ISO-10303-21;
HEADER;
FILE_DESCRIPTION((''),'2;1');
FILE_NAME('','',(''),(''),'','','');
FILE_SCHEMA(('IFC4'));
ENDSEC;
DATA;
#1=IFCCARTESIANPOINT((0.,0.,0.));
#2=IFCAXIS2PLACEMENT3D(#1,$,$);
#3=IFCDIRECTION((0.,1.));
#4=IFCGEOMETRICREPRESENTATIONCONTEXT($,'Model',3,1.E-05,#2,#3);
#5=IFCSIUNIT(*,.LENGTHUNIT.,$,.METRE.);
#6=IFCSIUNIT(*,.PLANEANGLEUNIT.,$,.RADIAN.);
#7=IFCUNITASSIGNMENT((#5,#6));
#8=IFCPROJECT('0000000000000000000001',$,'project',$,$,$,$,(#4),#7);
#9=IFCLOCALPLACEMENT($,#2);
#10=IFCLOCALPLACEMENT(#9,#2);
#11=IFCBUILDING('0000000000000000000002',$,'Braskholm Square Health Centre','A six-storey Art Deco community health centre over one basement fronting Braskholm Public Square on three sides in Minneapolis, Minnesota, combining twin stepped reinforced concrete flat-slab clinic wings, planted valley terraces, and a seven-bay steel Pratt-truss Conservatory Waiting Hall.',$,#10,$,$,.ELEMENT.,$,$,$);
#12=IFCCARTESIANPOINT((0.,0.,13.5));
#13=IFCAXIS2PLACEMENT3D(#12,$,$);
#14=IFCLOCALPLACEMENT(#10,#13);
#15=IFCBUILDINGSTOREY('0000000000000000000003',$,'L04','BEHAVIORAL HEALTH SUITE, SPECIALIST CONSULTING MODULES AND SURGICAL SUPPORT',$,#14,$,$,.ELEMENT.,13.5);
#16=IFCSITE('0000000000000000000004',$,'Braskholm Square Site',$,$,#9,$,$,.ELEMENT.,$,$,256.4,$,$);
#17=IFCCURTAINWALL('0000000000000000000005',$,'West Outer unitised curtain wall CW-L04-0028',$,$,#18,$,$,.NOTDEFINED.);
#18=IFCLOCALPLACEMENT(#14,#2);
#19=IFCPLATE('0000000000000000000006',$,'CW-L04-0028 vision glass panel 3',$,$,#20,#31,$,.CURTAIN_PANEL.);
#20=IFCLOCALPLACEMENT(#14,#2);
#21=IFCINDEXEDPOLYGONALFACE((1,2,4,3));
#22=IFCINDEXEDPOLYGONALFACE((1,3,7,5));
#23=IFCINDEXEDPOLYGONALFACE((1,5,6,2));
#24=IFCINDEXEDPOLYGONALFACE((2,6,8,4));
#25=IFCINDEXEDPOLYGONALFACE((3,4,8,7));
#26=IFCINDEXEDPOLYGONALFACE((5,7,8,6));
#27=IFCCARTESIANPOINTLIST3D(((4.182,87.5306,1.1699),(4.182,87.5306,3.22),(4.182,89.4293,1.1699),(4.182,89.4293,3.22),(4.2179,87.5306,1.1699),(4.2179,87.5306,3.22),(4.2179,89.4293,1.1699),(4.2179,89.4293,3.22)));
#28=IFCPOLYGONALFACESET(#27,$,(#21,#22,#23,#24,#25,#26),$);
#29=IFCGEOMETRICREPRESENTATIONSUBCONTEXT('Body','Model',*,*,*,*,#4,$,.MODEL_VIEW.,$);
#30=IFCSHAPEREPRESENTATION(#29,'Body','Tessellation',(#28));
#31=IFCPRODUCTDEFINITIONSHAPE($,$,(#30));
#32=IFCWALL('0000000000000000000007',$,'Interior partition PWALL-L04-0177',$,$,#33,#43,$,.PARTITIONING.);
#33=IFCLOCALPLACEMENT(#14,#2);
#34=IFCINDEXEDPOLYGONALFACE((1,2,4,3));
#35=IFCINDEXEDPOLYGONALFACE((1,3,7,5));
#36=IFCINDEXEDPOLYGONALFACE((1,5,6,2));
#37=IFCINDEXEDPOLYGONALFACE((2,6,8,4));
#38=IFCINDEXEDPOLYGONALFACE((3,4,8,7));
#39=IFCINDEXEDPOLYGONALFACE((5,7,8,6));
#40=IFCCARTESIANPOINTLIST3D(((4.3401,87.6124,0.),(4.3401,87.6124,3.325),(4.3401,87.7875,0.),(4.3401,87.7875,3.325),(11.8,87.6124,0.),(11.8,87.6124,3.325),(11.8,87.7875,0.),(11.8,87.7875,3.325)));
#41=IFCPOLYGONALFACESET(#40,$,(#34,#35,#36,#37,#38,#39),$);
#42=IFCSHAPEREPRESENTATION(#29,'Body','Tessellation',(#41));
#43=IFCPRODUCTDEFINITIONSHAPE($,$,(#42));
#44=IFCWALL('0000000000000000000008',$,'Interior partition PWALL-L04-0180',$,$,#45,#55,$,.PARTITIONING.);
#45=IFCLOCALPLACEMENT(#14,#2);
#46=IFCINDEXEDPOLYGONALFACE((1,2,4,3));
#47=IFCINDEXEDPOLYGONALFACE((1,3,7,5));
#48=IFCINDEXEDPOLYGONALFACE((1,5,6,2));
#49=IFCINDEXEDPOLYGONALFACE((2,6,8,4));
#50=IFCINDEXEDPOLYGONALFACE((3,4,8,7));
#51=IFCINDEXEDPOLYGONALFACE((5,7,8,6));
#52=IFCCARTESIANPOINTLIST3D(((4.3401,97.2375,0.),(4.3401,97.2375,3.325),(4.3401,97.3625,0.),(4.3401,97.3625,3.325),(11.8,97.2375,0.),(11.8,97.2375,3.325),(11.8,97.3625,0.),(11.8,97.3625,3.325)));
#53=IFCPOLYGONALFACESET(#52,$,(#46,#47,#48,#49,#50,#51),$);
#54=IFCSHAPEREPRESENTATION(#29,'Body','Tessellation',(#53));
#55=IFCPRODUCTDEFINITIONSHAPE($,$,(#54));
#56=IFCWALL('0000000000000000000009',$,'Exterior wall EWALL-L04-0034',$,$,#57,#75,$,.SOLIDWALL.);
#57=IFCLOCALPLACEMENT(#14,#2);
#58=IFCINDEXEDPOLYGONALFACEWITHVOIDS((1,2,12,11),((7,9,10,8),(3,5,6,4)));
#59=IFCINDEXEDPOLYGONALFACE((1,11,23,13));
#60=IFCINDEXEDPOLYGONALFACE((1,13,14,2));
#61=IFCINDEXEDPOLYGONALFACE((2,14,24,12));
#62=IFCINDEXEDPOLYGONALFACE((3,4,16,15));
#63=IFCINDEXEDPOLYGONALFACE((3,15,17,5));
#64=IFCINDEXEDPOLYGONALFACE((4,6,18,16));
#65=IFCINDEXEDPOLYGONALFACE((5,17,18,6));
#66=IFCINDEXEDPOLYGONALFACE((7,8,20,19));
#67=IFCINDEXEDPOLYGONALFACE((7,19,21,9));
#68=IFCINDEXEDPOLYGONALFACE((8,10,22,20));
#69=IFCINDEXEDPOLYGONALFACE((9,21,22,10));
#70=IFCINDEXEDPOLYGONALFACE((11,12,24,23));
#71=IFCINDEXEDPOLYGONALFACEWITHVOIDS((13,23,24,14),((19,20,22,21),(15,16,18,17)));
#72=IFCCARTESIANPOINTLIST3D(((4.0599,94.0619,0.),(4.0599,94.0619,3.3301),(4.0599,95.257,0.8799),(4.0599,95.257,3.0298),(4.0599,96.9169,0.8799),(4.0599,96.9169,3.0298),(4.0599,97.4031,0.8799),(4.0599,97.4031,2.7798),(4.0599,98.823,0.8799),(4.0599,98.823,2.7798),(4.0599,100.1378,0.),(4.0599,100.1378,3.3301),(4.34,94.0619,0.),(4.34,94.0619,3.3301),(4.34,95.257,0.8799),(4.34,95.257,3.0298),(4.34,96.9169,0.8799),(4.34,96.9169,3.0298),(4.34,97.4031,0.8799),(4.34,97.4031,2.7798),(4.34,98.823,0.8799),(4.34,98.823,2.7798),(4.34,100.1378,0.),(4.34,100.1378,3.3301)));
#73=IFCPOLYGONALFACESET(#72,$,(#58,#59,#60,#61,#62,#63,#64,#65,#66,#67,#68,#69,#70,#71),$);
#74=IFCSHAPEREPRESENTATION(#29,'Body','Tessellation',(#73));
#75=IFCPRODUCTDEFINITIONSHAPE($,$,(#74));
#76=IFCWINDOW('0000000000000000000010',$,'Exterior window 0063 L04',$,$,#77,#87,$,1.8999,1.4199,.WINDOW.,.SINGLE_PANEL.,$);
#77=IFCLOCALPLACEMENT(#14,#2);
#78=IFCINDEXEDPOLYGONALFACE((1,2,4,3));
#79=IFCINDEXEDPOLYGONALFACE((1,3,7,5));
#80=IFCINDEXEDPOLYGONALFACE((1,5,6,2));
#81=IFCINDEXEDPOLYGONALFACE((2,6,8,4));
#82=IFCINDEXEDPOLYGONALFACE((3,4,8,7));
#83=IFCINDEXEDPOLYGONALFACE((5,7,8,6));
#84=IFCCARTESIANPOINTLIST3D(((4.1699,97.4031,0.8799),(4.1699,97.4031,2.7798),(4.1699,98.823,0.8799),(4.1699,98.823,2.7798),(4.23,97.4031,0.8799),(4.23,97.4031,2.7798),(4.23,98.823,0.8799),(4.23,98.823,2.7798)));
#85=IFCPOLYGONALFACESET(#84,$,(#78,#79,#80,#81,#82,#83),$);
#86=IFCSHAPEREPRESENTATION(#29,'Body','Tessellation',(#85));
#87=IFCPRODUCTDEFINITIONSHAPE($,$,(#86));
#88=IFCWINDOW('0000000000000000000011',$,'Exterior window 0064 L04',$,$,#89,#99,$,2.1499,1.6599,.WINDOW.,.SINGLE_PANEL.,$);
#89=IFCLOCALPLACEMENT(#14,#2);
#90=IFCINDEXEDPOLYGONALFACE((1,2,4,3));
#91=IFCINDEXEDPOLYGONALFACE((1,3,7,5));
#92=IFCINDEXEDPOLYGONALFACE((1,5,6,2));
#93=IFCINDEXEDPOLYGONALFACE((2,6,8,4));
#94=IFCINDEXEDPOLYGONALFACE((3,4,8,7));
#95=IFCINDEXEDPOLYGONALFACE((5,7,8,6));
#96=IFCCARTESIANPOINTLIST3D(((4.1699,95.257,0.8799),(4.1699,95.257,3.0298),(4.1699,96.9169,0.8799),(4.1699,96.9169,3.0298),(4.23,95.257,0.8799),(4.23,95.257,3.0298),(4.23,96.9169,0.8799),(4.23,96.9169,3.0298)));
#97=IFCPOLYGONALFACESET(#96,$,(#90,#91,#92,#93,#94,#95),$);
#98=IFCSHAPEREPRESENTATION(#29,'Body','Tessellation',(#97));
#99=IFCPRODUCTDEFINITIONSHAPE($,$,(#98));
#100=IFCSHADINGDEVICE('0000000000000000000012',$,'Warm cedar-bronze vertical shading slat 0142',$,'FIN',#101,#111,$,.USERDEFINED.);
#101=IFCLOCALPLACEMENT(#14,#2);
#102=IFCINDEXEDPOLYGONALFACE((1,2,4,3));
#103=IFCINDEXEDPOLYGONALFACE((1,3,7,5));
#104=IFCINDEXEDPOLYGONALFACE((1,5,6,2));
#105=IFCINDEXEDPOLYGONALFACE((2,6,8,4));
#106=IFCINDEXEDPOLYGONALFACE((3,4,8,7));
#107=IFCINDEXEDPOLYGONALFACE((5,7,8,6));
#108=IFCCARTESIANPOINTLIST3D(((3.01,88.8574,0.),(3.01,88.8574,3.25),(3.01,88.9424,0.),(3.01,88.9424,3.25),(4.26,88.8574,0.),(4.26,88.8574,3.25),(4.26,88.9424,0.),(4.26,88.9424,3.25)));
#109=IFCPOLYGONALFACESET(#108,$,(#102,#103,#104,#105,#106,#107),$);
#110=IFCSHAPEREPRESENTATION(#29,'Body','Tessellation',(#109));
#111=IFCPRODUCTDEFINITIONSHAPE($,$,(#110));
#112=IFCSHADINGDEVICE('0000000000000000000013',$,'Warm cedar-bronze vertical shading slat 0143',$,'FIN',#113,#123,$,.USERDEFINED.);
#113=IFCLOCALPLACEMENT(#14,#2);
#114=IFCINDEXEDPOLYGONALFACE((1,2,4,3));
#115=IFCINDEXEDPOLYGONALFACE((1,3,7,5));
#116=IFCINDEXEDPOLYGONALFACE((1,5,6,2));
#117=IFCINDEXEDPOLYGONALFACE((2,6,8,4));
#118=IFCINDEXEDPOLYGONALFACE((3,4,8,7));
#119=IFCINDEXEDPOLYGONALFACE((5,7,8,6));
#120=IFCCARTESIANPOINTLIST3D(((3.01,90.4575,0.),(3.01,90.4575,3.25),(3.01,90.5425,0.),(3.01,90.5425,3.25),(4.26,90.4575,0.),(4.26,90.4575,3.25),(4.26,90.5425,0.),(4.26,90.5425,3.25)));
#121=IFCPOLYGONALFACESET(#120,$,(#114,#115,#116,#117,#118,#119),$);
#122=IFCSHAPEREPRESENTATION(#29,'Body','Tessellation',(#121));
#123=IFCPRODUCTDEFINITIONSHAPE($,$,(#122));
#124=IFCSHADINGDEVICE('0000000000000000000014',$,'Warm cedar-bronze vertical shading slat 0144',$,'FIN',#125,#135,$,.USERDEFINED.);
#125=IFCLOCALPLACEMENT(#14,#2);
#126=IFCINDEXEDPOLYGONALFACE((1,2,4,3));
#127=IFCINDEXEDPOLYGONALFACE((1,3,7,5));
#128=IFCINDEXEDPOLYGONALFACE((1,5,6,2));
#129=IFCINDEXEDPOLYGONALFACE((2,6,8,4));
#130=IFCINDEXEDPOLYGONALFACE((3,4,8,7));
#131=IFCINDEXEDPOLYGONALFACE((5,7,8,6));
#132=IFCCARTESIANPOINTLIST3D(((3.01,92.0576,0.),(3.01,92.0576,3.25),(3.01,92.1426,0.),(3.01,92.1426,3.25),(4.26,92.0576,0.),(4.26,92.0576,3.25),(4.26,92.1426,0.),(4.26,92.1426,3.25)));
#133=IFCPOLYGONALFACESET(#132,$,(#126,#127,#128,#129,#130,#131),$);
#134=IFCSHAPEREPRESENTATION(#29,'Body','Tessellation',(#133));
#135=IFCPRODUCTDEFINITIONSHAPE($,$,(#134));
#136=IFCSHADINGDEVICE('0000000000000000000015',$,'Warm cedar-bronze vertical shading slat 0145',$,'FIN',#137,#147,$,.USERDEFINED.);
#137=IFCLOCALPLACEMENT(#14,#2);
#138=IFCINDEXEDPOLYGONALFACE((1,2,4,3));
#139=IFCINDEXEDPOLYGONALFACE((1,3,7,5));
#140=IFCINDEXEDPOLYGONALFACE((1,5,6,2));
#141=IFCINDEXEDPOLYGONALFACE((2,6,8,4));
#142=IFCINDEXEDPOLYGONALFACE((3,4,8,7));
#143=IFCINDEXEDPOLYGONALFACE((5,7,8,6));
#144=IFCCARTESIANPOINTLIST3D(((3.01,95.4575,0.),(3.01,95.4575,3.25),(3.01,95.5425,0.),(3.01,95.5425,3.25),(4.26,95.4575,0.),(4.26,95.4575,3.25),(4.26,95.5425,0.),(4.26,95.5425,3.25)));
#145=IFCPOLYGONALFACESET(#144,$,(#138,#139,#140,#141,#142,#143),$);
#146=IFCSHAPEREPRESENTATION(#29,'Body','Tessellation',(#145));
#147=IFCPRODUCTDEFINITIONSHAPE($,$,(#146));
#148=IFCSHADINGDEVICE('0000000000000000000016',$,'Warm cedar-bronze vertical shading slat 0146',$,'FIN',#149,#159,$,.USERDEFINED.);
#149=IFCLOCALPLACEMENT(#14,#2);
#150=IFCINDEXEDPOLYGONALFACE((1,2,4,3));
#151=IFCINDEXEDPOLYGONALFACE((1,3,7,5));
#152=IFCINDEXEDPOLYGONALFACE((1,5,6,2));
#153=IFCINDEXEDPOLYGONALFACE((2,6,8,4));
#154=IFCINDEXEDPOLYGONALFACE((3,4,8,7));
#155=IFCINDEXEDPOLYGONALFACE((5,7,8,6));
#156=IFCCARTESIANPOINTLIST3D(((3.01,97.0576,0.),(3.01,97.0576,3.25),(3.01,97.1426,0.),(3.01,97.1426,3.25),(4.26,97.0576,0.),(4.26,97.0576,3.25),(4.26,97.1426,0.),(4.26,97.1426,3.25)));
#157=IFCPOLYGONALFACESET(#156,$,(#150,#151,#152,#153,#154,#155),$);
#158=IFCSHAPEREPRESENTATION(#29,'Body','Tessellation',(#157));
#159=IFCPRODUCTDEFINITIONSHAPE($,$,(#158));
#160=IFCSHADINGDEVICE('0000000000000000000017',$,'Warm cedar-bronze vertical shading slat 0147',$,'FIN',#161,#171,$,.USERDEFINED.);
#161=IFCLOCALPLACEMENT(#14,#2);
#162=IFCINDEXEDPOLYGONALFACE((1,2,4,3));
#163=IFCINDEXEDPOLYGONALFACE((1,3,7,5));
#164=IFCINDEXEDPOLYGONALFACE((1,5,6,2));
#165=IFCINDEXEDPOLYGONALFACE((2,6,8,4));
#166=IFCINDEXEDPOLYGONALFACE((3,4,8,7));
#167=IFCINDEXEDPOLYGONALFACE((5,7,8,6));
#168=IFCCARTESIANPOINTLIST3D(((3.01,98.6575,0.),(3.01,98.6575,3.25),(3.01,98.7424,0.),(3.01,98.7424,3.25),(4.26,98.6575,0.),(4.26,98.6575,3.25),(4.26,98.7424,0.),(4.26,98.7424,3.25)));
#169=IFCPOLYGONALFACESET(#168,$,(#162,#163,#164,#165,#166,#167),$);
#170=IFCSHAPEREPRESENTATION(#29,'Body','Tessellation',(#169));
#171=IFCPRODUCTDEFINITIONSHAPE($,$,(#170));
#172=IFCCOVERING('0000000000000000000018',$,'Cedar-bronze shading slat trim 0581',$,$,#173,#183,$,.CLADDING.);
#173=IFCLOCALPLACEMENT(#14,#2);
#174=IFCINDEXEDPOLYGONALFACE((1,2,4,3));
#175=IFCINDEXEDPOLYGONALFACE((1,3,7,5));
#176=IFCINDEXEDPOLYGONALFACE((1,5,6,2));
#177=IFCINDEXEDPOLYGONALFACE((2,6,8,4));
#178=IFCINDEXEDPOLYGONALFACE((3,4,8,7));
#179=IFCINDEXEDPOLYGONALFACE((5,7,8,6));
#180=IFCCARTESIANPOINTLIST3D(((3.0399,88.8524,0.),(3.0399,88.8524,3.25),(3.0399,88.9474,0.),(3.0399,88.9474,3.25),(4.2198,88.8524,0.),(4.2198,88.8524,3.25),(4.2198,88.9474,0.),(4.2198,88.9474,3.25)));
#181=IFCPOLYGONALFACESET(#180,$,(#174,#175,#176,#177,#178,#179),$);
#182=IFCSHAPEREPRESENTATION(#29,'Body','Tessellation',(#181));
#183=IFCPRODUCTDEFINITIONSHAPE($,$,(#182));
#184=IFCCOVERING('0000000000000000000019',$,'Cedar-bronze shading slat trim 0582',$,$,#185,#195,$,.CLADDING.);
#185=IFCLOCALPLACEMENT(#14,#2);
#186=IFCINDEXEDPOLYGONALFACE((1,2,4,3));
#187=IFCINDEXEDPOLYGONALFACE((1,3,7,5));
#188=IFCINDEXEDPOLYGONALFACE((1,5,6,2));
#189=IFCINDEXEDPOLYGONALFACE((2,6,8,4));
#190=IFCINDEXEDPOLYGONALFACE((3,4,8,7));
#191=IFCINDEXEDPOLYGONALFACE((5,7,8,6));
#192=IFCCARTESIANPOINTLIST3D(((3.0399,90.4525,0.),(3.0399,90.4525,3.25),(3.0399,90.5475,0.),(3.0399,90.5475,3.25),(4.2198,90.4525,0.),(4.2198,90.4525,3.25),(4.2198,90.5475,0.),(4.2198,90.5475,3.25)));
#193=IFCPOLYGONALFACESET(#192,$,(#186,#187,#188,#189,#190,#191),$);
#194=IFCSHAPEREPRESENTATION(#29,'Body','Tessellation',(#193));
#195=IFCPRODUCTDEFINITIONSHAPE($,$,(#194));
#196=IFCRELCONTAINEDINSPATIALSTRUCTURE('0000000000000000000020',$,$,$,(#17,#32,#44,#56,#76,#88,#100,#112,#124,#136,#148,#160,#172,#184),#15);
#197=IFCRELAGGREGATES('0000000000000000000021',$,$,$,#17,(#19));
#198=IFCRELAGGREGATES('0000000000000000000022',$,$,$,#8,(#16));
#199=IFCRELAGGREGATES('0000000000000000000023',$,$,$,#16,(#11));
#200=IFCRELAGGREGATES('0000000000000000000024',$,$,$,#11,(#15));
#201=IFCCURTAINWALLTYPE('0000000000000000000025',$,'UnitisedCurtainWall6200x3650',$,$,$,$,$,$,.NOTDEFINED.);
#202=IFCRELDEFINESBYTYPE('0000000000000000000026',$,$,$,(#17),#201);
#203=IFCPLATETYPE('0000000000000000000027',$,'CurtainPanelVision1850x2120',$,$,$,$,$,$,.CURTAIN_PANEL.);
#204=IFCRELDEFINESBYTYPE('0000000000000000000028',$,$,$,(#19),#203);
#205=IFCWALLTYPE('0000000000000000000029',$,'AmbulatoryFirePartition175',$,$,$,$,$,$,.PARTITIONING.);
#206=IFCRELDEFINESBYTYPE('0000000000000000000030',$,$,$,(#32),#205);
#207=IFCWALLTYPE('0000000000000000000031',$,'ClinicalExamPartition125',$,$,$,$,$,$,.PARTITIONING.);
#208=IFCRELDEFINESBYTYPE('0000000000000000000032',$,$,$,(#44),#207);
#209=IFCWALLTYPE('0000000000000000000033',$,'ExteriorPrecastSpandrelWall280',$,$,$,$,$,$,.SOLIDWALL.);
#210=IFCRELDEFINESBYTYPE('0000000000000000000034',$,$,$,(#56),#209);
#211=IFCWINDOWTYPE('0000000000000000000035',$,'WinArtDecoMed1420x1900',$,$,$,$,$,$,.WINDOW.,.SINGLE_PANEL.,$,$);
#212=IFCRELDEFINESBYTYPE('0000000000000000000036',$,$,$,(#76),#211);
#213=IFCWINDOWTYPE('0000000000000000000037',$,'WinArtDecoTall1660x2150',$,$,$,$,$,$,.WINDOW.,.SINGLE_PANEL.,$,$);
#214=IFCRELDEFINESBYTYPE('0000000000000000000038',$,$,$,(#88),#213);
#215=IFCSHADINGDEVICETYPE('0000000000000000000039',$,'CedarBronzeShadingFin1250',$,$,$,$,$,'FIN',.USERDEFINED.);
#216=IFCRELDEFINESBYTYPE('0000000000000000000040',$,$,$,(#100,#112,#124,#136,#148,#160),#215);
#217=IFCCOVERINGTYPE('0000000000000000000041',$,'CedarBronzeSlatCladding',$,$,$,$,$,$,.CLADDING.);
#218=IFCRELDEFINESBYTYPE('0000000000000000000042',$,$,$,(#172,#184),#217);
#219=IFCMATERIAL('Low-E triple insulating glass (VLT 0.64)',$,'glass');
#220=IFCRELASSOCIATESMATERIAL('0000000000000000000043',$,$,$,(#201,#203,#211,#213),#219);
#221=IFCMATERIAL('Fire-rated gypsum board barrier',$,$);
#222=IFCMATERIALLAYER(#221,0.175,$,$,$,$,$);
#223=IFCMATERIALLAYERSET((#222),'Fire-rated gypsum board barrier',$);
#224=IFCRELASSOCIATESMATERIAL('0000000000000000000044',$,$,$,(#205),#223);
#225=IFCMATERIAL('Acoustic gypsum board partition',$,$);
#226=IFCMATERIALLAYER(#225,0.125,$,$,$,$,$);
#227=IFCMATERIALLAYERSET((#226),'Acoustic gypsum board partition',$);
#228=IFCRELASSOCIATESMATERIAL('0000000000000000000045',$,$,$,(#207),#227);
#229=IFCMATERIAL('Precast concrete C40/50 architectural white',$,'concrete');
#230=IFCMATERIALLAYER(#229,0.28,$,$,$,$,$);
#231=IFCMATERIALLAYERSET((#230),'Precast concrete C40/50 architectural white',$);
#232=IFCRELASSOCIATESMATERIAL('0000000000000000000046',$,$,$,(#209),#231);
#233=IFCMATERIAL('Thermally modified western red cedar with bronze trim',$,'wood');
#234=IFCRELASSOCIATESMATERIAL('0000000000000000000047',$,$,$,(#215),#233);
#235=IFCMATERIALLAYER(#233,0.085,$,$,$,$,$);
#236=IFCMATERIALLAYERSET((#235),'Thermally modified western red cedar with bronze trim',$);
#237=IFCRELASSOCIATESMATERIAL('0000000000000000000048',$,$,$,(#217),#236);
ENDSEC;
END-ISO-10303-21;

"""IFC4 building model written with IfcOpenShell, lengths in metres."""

from ifc_helpers import new_model, si_unit, direction, frame, frame_2d, origin, origin_with_axes, origin_2d, place, context, subcontext, project, spatial, rectangle, extrude, material, layer, layer_set, type_object, element, fill, aggregate, save


model = new_model("IFC4")

# Units and contexts
model_context = context("Model", 3, precision=1e-05, world=origin(), true_north=direction((0.0, 1.0)))
body_context = subcontext(model_context, "Body", "Model", "MODEL_VIEW")
ifc_project = project(units=[si_unit("LENGTHUNIT", "METRE"), si_unit("PLANEANGLEUNIT", "RADIAN")], contexts=[model_context])

# Site, building, storey
site_placement = place(None, origin())
site = spatial("IfcSite", under=ifc_project, at=site_placement, Name="Braskholm Square Site", CompositionType="ELEMENT", RefElevation=256.4)
building_placement = place(site_placement, origin())
building = spatial("IfcBuilding", under=site, at=building_placement, Name="Braskholm Square Health Centre", Description="A six-storey Art Deco community health centre over one basement fronting Braskholm Public Square on three sides in Minneapolis, Minnesota, combining twin stepped reinforced concrete flat-slab clinic wings, planted valley terraces, and a seven-bay steel Pratt-truss Conservatory Waiting Hall.", CompositionType="ELEMENT")
storey_placement = place(building_placement, frame((0.0, 0.0, 13.5)))
storey = spatial("IfcBuildingStorey", under=building, at=storey_placement, Name="L04", Description="BEHAVIORAL HEALTH SUITE, SPECIALIST CONSULTING MODULES AND SURGICAL SUPPORT", CompositionType="ELEMENT", Elevation=13.5)

# Shared definitions
ifc_material_1 = material(Name="Precast concrete C40/50 architectural white", Category="concrete")

# Curtain wall
ifc_material_2 = material(Name="Low-E triple insulating glass (VLT 0.64)", Category="glass")
curtain_wall_type = type_object("IfcCurtainWallType", Name="UnitisedCurtainWall6200x3650", PredefinedType="NOTDEFINED", material=ifc_material_2)
curtain_wall_placement = place(storey_placement, origin())
curtain_wall = element("IfcCurtainWall", 1, at=curtain_wall_placement, inside=storey, type_object=curtain_wall_type, Name="West Outer unitised curtain wall CW-L04-0028", PredefinedType="NOTDEFINED")

# Plate
plate_type_1 = type_object("IfcPlateType", Name="CurtainPanelVision1850x2120", PredefinedType="CURTAIN_PANEL", material=ifc_material_2)
plate_1_placement = place(storey_placement, frame((4.2, 88.48, 1.1699), z_axis=(0.0, 0.0, 1.0), x_axis=(0.0, -1.0, 0.0)))
plate_1 = element("IfcPlate", 2, at=plate_1_placement, type_object=plate_type_1, Name="CW-L04-0028 vision glass panel 3", PredefinedType="CURTAIN_PANEL", context=body_context, shape_type="SweptSolid", body=[
    extrude(rectangle(XDim=1.8987, YDim=0.0359, at=origin_2d()), origin(), (0.0, 0.0, 1.0), 2.05),
])
aggregate(curtain_wall, [plate_1])

# Walls
ifc_material_3 = material(Name="Fire-rated gypsum board barrier")
ifc_layer_1 = layer(ifc_material_3, 0.175)
ifc_layer_set_1 = layer_set([ifc_layer_1], Name="Fire-rated gypsum board barrier")
wall_type_1 = type_object("IfcWallType", Name="AmbulatoryFirePartition175", PredefinedType="PARTITIONING", material=ifc_layer_set_1)
wall_1_placement = place(storey_placement, frame((4.3401, 87.7, 0.0), z_axis=(0.0, 0.0, 1.0), x_axis=(1.0, 0.0, 0.0)))
element("IfcWall", 3, at=wall_1_placement, inside=storey, type_object=wall_type_1, Name="Interior partition PWALL-L04-0177", PredefinedType="PARTITIONING", context=body_context, shape_type="SweptSolid", body=[
    extrude(rectangle(XDim=7.46, YDim=0.175, at=frame_2d((3.73, 0.0))), origin(), (0.0, 0.0, 1.0), 3.325),
])
ifc_material_4 = material(Name="Acoustic gypsum board partition")
ifc_layer_2 = layer(ifc_material_4, 0.125)
ifc_layer_set_2 = layer_set([ifc_layer_2], Name="Acoustic gypsum board partition")
wall_type_2 = type_object("IfcWallType", Name="ClinicalExamPartition125", PredefinedType="PARTITIONING", material=ifc_layer_set_2)
wall_2_placement = place(storey_placement, frame((4.3401, 97.3, 0.0), z_axis=(0.0, 0.0, 1.0), x_axis=(1.0, 0.0, 0.0)))
element("IfcWall", 4, at=wall_2_placement, inside=storey, type_object=wall_type_2, Name="Interior partition PWALL-L04-0180", PredefinedType="PARTITIONING", context=body_context, shape_type="SweptSolid", body=[
    extrude(rectangle(XDim=7.46, YDim=0.125, at=frame_2d((3.73, 0.0))), origin(), (0.0, 0.0, 1.0), 3.325),
])

# Wall, openings, windows
ifc_layer_3 = layer(ifc_material_1, 0.28)
ifc_layer_set_3 = layer_set([ifc_layer_3], Name="Precast concrete C40/50 architectural white")
wall_type_3 = type_object("IfcWallType", Name="ExteriorPrecastSpandrelWall280", PredefinedType="SOLIDWALL", material=ifc_layer_set_3)
wall_3_placement = place(storey_placement, frame((4.2, 100.1379, 0.0), z_axis=(0.0, 0.0, 1.0), x_axis=(0.0, -1.0, 0.0)))
wall_3 = element("IfcWall", 5, at=wall_3_placement, inside=storey, type_object=wall_type_3, Name="Exterior wall EWALL-L04-0034", PredefinedType="SOLIDWALL", context=body_context, shape_type="SweptSolid", body=[
    extrude(rectangle(XDim=6.0759, YDim=0.28, at=frame_2d((3.0381, 0.0))), origin(), (0.0, 0.0, 1.0), 3.3301),
])
opening_1_placement = place(wall_3_placement, frame((1.3149, 0.0, 0.8799)))
opening_1 = element("IfcOpeningElement", 6, at=opening_1_placement, cuts=wall_3, PredefinedType="OPENING", context=body_context, shape_type="SweptSolid", body=[
    extrude(rectangle(XDim=1.4199, YDim=1.8999, at=frame_2d((0.71, 0.95))), frame((0.0, 0.1499, 0.0), z_axis=(0.0, -1.0, 0.0), x_axis=(1.0, 0.0, 0.0)), (0.0, 0.0, 1.0), 0.3),
])
opening_2_placement = place(wall_3_placement, frame((3.2209, 0.0, 0.8799)))
opening_2 = element("IfcOpeningElement", 7, at=opening_2_placement, cuts=wall_3, PredefinedType="OPENING", context=body_context, shape_type="SweptSolid", body=[
    extrude(rectangle(XDim=1.6599, YDim=2.1499, at=frame_2d((0.8301, 1.075))), frame((0.0, 0.1499, 0.0), z_axis=(0.0, -1.0, 0.0), x_axis=(1.0, 0.0, 0.0)), (0.0, 0.0, 1.0), 0.3),
])
window_type_1 = type_object("IfcWindowType", Name="WinArtDecoMed1420x1900", PartitioningType="SINGLE_PANEL", PredefinedType="WINDOW", material=ifc_material_2)
window_1_placement = place(opening_1_placement, origin_with_axes())
window_1 = element("IfcWindow", 8, at=window_1_placement, inside=storey, type_object=window_type_1, Name="Exterior window 0063 L04", OverallHeight=1.8999, OverallWidth=1.4199, PartitioningType="SINGLE_PANEL", PredefinedType="WINDOW", context=body_context, shape_type="SweptSolid", body=[
    extrude(rectangle(XDim=1.4199, YDim=1.8999, at=frame_2d((0.71, 0.95))), frame((0.0, 0.03, 0.0), z_axis=(0.0, -1.0, 0.0), x_axis=(1.0, 0.0, 0.0)), (0.0, 0.0, 1.0), 0.0601),
])
fill(opening_1, window_1)
window_type_2 = type_object("IfcWindowType", Name="WinArtDecoTall1660x2150", PartitioningType="SINGLE_PANEL", PredefinedType="WINDOW", material=ifc_material_2)
window_2_placement = place(opening_2_placement, origin_with_axes())
window_2 = element("IfcWindow", 9, at=window_2_placement, inside=storey, type_object=window_type_2, Name="Exterior window 0064 L04", OverallHeight=2.1499, OverallWidth=1.6599, PartitioningType="SINGLE_PANEL", PredefinedType="WINDOW", context=body_context, shape_type="SweptSolid", body=[
    extrude(rectangle(XDim=1.6599, YDim=2.1499, at=frame_2d((0.8301, 1.075))), frame((0.0, 0.03, 0.0), z_axis=(0.0, -1.0, 0.0), x_axis=(1.0, 0.0, 0.0)), (0.0, 0.0, 1.0), 0.0601),
])
fill(opening_2, window_2)

# Shading devices
ifc_material_5 = material(Name="Thermally modified western red cedar with bronze trim", Category="wood")
shading_device_type = type_object("IfcShadingDeviceType", Name="CedarBronzeShadingFin1250", ElementType="FIN", PredefinedType="USERDEFINED", material=ifc_material_5)
for number, where, z_axis, x_axis, name in (
    (10, (3.635, 88.8999, 0.0), (0.0, 0.0, 1.0), (1.0, 0.0, 0.0), "Warm cedar-bronze vertical shading slat 0142"),
    (11, (3.635, 90.5, 0.0), (0.0, 0.0, 1.0), (1.0, 0.0, 0.0), "Warm cedar-bronze vertical shading slat 0143"),
    (12, (3.635, 92.1001, 0.0), (0.0, 0.0, 1.0), (1.0, 0.0, 0.0), "Warm cedar-bronze vertical shading slat 0144"),
    (13, (3.635, 95.5, 0.0), (0.0, 0.0, 1.0), (1.0, 0.0, 0.0), "Warm cedar-bronze vertical shading slat 0145"),
    (14, (3.635, 97.1001, 0.0), (0.0, 0.0, 1.0), (1.0, 0.0, 0.0), "Warm cedar-bronze vertical shading slat 0146"),
    (15, (3.635, 98.7, 0.0), (0.0, 0.0, 1.0), (1.0, 0.0, 0.0), "Warm cedar-bronze vertical shading slat 0147"),
):
    element("IfcShadingDevice", number, at=place(storey_placement, frame(where, z_axis=z_axis, x_axis=x_axis)), inside=storey, type_object=shading_device_type, Name=name, ObjectType="FIN", PredefinedType="USERDEFINED", context=body_context, shape_type="SweptSolid", body=[
        extrude(rectangle(XDim=1.25, YDim=0.085, at=origin_2d()), origin(), (0.0, 0.0, 1.0), 3.25),
    ])

# Coverings
ifc_layer_4 = layer(ifc_material_5, 0.085)
ifc_layer_set_4 = layer_set([ifc_layer_4], Name="Thermally modified western red cedar with bronze trim")
covering_type_1 = type_object("IfcCoveringType", Name="CedarBronzeSlatCladding", PredefinedType="CLADDING", material=ifc_layer_set_4)
for number, where, z_axis, x_axis, name in (
    (16, (3.6299, 88.8999, 0.0), (0.0, 0.0, 1.0), (1.0, 0.0, 0.0), "Cedar-bronze shading slat trim 0581"),
    (17, (3.6299, 90.5, 0.0), (0.0, 0.0, 1.0), (1.0, 0.0, 0.0), "Cedar-bronze shading slat trim 0582"),
):
    element("IfcCovering", number, at=place(storey_placement, frame(where, z_axis=z_axis, x_axis=x_axis)), inside=storey, type_object=covering_type_1, Name=name, PredefinedType="CLADDING", context=body_context, shape_type="SweptSolid", body=[
        extrude(rectangle(XDim=1.1799, YDim=0.095, at=origin_2d()), origin(), (0.0, 0.0, 1.0), 3.25),
    ])

save(model, "model.ifc")
